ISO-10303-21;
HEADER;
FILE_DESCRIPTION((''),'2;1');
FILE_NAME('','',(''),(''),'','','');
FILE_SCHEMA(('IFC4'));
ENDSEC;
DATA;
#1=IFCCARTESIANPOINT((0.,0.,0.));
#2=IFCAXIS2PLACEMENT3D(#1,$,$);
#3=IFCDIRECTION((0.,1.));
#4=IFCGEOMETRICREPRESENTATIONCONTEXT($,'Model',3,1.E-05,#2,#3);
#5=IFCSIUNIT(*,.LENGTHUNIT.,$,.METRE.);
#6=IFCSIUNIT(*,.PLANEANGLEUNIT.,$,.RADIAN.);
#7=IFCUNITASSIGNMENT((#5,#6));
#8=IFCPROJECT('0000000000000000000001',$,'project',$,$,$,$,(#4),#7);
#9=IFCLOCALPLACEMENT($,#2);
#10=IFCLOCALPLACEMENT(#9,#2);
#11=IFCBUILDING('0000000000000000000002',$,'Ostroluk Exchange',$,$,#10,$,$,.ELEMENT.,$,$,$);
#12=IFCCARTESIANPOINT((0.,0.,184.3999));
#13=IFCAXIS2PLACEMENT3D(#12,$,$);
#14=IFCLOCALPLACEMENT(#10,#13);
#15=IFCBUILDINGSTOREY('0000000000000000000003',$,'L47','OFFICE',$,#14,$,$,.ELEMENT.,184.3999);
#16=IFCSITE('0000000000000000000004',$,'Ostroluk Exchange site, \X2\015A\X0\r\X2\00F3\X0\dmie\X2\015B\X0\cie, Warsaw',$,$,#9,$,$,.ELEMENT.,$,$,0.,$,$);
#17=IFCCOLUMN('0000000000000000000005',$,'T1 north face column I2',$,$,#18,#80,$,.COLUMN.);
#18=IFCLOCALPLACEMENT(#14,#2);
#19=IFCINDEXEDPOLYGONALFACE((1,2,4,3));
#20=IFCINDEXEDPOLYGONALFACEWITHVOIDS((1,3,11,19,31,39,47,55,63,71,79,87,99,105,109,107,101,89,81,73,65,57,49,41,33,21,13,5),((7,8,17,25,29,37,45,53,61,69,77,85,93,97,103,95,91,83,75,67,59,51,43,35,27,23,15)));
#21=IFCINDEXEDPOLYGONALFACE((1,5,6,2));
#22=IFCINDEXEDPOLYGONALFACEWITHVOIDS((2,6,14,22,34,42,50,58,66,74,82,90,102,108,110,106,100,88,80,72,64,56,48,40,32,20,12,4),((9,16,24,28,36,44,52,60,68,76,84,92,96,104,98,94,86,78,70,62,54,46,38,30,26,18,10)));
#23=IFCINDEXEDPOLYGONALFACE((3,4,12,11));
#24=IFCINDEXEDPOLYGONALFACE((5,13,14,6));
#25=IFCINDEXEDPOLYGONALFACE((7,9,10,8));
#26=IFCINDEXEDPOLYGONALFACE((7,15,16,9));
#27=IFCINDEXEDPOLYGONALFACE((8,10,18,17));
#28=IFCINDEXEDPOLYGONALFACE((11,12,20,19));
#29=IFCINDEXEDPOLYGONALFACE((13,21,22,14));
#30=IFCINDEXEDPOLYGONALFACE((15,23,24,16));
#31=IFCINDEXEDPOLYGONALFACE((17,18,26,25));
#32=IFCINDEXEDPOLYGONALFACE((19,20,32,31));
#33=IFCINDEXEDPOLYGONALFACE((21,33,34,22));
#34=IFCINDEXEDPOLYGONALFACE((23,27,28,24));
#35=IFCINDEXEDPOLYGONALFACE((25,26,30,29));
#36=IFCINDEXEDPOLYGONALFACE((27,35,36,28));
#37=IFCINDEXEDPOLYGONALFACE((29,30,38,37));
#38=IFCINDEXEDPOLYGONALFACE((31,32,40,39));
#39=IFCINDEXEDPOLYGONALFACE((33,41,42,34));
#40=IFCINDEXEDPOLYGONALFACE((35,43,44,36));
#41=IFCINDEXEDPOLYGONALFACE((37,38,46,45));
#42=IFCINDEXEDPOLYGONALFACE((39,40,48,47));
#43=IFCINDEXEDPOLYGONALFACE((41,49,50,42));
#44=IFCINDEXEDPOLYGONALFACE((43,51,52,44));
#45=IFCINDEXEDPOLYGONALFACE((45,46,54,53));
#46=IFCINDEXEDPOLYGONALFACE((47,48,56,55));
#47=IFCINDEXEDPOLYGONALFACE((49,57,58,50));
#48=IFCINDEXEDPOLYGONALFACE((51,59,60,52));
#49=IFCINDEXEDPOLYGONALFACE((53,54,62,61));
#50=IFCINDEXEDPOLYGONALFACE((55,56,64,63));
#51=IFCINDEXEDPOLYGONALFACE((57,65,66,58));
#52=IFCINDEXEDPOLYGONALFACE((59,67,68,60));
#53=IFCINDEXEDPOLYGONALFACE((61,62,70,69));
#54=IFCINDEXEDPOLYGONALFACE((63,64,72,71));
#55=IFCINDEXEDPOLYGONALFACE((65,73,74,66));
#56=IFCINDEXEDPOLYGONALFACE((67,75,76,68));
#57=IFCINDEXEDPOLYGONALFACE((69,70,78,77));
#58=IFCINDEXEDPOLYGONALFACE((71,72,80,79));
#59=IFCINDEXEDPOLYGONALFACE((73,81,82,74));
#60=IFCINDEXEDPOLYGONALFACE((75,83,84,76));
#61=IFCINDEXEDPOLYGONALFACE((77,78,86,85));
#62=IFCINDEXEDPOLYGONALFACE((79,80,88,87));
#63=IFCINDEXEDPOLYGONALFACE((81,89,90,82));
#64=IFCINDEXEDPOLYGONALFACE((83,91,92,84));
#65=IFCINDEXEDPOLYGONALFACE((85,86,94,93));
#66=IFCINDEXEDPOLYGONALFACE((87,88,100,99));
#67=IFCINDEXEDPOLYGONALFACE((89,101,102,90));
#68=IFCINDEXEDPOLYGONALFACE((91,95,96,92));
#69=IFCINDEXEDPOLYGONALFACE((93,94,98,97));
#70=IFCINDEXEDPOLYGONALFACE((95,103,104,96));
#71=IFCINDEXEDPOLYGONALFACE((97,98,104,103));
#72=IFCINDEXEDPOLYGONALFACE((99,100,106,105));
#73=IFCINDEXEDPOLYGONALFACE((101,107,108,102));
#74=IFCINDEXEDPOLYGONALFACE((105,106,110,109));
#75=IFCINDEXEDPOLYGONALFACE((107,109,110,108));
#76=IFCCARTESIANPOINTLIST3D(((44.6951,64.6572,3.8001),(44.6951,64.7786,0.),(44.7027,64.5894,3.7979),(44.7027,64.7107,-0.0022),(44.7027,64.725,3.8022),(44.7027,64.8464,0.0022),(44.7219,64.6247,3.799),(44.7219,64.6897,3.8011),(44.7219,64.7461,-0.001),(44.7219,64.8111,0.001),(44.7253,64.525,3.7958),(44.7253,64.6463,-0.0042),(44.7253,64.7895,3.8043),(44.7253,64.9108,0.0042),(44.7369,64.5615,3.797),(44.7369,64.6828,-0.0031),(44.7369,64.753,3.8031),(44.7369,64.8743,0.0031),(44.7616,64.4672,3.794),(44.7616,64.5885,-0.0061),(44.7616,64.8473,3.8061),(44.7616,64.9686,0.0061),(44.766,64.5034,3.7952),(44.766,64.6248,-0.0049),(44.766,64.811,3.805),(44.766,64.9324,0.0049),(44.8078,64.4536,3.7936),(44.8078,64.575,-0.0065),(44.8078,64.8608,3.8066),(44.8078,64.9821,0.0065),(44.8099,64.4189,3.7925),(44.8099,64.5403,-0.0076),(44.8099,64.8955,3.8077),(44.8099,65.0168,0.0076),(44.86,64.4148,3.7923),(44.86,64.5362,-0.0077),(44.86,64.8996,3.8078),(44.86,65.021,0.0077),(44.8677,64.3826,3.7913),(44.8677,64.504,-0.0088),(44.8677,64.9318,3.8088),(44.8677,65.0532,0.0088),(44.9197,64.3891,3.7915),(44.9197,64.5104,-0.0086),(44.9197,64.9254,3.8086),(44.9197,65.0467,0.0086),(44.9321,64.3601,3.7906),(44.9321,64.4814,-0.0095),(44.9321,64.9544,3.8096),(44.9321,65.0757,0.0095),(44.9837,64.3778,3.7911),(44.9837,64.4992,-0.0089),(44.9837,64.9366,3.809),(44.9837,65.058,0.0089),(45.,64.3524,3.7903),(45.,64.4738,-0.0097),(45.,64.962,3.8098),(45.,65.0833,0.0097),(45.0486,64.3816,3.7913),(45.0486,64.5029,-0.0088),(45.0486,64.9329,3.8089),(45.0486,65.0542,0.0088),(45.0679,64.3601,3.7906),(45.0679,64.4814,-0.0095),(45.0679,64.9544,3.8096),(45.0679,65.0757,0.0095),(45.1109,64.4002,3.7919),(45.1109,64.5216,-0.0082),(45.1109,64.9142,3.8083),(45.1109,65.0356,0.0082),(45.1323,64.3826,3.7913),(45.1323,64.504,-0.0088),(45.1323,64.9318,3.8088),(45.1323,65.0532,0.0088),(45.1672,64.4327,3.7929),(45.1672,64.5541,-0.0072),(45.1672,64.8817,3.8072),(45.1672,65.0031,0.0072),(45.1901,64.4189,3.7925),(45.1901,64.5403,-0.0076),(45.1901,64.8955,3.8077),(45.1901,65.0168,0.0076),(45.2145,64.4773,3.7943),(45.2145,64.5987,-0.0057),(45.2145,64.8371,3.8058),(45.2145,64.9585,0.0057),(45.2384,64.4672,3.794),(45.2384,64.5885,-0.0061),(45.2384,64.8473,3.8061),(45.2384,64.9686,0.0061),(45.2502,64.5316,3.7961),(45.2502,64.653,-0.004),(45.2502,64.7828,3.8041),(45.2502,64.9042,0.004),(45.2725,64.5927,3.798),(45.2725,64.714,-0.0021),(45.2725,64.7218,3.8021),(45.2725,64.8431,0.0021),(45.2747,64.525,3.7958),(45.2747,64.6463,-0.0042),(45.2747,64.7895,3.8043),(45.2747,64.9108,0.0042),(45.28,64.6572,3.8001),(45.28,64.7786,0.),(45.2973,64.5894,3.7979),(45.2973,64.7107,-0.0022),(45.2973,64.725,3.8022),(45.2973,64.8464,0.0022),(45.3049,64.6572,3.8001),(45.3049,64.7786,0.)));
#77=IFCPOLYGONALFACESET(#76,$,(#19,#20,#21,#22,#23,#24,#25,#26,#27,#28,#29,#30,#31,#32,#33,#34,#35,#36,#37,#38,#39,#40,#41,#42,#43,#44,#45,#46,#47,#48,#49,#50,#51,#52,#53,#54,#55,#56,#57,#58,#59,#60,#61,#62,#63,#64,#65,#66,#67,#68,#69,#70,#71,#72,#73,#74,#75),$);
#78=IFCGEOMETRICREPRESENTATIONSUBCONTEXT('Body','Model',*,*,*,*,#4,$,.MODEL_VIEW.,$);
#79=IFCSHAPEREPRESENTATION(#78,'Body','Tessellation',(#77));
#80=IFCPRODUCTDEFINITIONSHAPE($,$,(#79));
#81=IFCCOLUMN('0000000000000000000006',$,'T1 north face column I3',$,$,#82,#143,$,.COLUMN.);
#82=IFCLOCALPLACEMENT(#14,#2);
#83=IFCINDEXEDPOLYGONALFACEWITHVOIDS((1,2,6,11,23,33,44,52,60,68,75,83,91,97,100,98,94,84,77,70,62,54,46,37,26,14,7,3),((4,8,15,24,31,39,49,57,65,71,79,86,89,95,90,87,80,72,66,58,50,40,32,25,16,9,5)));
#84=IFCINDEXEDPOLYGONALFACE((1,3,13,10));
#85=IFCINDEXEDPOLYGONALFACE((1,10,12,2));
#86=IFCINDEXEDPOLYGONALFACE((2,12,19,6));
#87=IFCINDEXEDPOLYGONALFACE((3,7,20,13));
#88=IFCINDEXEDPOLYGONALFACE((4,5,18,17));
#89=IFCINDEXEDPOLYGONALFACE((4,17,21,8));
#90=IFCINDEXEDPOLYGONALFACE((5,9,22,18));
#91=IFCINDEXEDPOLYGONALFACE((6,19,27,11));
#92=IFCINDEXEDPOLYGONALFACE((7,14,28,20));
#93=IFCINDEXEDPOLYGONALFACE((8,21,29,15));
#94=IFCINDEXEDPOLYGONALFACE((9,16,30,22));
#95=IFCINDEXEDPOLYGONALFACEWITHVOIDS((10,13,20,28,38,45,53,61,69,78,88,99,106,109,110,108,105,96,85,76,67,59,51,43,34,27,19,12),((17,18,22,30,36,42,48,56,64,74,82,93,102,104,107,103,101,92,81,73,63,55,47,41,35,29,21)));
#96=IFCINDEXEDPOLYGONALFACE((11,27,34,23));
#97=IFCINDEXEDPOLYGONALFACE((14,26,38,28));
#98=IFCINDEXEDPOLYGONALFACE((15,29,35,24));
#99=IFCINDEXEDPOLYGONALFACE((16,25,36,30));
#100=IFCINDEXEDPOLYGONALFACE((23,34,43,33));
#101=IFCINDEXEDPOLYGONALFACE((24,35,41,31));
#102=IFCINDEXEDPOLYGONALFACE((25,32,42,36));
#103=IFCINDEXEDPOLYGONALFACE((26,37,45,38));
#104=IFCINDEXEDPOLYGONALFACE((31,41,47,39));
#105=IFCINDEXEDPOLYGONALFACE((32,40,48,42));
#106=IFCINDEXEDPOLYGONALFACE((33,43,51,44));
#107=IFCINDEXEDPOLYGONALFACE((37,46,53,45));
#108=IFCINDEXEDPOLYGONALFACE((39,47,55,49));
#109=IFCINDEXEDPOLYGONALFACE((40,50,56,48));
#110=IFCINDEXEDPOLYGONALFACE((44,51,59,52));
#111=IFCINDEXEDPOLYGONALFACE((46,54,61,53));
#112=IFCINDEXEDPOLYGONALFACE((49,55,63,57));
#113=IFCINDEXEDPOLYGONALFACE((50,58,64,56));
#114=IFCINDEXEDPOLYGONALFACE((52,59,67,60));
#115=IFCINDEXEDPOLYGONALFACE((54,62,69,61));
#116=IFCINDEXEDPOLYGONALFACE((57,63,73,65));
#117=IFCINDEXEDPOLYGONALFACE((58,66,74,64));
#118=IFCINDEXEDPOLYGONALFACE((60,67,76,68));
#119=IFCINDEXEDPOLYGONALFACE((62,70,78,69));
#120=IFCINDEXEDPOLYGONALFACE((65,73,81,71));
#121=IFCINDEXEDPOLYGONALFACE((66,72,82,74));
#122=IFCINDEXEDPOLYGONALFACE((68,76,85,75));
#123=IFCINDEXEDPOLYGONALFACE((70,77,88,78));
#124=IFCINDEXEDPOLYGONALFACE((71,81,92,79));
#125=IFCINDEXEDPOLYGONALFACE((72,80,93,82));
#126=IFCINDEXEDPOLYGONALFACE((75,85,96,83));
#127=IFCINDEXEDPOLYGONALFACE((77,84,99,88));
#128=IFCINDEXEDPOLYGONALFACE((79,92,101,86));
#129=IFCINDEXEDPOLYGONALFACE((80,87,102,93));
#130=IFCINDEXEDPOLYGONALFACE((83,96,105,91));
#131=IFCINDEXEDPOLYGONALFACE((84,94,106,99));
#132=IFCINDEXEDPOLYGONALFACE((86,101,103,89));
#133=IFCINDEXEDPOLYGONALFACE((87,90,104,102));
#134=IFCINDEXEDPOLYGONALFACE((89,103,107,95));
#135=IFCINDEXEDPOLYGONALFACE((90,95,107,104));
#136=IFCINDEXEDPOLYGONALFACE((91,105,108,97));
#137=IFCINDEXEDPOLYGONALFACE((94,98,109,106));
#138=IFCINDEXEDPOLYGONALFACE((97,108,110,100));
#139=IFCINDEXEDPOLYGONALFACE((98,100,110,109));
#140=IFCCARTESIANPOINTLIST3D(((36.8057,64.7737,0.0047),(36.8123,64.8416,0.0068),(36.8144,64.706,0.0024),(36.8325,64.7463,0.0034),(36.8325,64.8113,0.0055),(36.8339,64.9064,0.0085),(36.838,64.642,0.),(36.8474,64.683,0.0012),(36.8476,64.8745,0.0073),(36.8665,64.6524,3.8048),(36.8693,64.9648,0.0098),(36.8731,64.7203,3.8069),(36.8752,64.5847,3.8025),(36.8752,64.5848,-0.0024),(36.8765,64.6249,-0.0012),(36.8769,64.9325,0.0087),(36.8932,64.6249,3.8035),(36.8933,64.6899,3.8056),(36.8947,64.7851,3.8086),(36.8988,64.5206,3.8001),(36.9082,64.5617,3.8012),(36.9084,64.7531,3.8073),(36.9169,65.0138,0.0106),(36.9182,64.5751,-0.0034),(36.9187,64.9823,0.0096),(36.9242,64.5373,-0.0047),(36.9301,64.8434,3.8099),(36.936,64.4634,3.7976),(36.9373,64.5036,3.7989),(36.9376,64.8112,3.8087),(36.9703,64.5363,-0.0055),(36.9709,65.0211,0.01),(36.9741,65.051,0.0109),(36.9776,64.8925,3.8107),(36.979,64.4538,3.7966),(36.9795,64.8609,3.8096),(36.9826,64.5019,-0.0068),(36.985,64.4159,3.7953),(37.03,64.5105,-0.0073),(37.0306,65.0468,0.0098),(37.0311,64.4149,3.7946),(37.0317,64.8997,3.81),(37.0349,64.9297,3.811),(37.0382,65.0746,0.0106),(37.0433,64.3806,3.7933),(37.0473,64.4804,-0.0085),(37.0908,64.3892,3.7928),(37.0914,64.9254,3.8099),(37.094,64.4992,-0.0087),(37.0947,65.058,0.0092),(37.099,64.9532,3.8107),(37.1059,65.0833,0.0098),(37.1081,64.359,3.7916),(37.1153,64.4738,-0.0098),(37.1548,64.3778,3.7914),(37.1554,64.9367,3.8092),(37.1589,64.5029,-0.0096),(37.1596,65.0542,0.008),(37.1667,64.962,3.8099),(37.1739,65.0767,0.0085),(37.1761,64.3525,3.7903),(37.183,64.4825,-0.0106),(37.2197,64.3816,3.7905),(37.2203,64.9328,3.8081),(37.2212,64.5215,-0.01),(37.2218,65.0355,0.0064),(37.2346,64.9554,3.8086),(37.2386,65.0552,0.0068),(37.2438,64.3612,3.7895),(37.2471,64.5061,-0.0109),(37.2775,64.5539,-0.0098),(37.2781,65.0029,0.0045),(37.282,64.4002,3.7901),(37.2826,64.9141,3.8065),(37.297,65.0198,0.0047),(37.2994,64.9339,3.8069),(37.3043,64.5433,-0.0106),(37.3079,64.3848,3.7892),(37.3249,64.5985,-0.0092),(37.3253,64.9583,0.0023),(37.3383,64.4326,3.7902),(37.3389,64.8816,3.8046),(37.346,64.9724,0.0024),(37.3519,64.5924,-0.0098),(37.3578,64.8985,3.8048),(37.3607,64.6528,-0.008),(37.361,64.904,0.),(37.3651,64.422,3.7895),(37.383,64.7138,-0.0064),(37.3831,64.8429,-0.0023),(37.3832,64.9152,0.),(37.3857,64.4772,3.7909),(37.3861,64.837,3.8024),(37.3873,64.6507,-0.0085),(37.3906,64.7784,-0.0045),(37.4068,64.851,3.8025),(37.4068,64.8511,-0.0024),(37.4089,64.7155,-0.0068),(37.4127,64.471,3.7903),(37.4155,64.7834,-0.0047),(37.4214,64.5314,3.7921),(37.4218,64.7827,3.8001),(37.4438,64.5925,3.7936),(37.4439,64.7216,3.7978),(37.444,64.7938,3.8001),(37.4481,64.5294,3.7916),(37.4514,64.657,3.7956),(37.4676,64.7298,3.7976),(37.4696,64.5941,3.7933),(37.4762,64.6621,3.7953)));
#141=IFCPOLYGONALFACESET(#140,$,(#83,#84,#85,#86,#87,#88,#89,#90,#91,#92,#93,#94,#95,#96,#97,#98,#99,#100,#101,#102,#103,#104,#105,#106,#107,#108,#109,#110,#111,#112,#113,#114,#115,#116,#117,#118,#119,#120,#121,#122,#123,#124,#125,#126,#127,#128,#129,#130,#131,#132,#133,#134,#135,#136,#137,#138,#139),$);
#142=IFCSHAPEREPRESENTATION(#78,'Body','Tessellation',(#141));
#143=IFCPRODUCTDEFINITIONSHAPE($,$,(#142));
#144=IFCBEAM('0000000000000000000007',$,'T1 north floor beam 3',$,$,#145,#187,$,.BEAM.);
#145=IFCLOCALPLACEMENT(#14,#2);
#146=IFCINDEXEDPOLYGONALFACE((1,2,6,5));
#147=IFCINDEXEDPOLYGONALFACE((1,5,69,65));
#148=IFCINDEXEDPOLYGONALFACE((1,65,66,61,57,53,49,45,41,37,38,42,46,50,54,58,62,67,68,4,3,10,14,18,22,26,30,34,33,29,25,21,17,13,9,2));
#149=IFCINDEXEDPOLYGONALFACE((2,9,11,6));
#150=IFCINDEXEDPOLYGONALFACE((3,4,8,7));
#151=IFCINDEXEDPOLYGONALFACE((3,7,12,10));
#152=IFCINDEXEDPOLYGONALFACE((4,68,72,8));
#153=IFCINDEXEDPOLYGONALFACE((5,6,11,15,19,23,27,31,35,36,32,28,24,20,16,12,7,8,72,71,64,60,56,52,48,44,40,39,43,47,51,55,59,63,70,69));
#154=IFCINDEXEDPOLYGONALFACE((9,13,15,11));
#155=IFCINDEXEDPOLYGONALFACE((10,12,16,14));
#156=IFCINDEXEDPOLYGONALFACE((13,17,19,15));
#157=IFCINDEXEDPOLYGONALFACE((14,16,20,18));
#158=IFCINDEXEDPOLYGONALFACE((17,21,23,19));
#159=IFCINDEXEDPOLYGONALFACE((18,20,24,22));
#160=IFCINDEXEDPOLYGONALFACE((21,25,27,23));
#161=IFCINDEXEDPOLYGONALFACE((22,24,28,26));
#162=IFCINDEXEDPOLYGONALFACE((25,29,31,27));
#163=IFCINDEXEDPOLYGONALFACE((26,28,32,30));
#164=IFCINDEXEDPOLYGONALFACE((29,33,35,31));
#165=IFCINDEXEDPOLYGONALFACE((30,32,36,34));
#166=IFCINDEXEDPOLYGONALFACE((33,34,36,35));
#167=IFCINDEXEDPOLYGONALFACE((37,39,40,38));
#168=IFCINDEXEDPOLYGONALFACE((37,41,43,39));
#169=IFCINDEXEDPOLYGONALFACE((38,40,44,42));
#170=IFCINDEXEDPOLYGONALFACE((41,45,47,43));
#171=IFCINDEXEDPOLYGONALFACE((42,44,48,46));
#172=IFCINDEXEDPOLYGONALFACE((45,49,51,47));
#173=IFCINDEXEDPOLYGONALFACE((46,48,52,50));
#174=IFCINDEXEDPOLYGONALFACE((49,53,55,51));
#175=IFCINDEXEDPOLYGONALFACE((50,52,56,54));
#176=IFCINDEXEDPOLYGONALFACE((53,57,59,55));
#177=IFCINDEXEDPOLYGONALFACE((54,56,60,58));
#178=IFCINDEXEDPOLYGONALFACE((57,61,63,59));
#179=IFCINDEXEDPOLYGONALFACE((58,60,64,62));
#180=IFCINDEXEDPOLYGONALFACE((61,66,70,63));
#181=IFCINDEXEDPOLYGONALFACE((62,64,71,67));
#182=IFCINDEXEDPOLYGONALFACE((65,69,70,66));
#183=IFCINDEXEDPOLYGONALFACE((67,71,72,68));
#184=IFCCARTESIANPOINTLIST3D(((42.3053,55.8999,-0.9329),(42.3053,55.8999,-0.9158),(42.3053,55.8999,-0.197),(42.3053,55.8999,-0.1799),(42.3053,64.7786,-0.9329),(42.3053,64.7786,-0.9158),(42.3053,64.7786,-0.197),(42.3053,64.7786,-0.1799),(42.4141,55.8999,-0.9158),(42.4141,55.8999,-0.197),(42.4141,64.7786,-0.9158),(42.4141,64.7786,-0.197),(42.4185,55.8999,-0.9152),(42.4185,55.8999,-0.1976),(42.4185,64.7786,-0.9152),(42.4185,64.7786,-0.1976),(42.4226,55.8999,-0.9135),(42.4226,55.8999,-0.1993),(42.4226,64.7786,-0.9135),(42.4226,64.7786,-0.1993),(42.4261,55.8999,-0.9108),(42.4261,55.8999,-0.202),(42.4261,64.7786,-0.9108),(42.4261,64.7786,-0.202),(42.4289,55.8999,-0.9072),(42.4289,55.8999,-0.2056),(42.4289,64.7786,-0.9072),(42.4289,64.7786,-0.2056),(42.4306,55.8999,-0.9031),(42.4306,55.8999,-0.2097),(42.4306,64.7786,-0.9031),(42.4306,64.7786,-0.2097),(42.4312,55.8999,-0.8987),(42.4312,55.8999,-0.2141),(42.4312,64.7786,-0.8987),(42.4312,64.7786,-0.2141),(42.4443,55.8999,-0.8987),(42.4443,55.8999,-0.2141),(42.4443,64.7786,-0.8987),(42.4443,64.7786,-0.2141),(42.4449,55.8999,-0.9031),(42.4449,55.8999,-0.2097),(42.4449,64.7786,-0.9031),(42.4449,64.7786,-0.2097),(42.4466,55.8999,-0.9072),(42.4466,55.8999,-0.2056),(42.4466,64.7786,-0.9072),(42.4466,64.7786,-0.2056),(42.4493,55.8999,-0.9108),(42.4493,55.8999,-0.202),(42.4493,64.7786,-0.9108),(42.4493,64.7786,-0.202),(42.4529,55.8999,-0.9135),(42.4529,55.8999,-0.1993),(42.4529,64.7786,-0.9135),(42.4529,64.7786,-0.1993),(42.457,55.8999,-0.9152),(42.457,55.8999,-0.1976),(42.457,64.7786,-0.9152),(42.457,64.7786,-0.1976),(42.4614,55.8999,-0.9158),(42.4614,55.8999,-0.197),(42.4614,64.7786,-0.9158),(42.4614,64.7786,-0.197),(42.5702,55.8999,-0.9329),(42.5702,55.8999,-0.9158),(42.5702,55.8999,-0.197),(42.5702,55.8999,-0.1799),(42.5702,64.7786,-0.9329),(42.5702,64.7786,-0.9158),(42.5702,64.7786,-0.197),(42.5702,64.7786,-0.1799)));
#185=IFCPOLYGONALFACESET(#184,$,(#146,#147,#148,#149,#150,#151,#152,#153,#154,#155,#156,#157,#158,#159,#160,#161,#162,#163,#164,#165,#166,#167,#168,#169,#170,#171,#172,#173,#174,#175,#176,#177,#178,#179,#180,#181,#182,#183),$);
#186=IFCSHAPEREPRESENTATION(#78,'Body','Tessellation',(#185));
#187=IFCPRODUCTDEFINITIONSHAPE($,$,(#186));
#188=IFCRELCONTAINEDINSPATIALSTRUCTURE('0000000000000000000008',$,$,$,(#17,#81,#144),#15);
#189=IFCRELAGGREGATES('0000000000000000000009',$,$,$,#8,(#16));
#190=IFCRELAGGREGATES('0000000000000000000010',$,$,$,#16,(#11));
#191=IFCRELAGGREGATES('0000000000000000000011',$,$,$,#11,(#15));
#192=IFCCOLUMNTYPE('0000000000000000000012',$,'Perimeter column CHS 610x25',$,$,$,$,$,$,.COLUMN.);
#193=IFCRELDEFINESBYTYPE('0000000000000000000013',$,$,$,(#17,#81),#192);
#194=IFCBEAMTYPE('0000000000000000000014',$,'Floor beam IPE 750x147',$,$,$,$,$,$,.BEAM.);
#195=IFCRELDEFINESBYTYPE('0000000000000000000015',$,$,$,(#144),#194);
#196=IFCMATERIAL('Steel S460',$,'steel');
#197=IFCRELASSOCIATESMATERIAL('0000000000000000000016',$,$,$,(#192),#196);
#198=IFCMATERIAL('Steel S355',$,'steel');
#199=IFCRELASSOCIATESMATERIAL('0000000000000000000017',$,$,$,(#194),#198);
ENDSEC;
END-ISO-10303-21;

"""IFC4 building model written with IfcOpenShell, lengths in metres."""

from ifc_helpers import new_model, si_unit, direction, frame, origin, origin_2d, place, context, subcontext, project, spatial, hollow_circle, i_section, extrude, material, material_profile, profile_set, type_object, element, save


model = new_model("IFC4")

# Units and contexts
model_context = context("Model", 3, precision=1e-05, world=origin(), true_north=direction((0.0, 1.0)))
body_context = subcontext(model_context, "Body", "Model", "MODEL_VIEW")
ifc_project = project(units=[si_unit("LENGTHUNIT", "METRE"), si_unit("PLANEANGLEUNIT", "RADIAN")], contexts=[model_context])

# Site, building, storey
site_placement = place(None, origin())
site = spatial("IfcSite", under=ifc_project, at=site_placement, Name="Ostroluk Exchange site, Śródmieście, Warsaw", CompositionType="ELEMENT", RefElevation=0.0)
building_placement = place(site_placement, origin())
building = spatial("IfcBuilding", under=site, at=building_placement, Name="Ostroluk Exchange", CompositionType="ELEMENT")
storey_placement = place(building_placement, frame((0.0, 0.0, 184.3999)))
storey = spatial("IfcBuildingStorey", under=building, at=storey_placement, Name="L47", Description="OFFICE", CompositionType="ELEMENT", Elevation=184.3999)

# Columns
ifc_material_1 = material(Name="Steel S460", Category="steel")
ifc_material_profile_1 = material_profile(ifc_material_1, hollow_circle(Radius=0.3049, WallThickness=0.0249, at=origin_2d()), Name="CHS 610x25")
ifc_profile_set_1 = profile_set([ifc_material_profile_1], Name="Steel S460")
column_type = type_object("IfcColumnType", Name="Perimeter column CHS 610x25", PredefinedType="COLUMN", material=ifc_profile_set_1)
column_1_placement = place(storey_placement, frame((45.0, 64.7786, 0.0), z_axis=(0.0, -0.031914, 0.999491), x_axis=(1.0, 0.0, 0.0)))
element("IfcColumn", 1, at=column_1_placement, inside=storey, type_object=column_type, Name="T1 north face column I2", PredefinedType="COLUMN", context=body_context, shape_type="SweptSolid", body=[
    extrude(hollow_circle(Radius=0.3049, WallThickness=0.0249, at=origin_2d()), origin(), (0.0, 0.0, 1.0), 3.802),
])
column_2_placement = place(storey_placement, frame((37.1106, 64.7786, 0.0), z_axis=(0.015987, -0.03191, 0.999363), x_axis=(0.894067, 0.447933, 0.0)))
element("IfcColumn", 2, at=column_2_placement, inside=storey, type_object=column_type, Name="T1 north face column I3", PredefinedType="COLUMN", context=body_context, shape_type="SweptSolid", body=[
    extrude(hollow_circle(Radius=0.3049, WallThickness=0.0249, at=origin_2d()), origin(), (0.0, 0.0, 1.0), 3.8025),
])

# Beam
ifc_material_2 = material(Name="Steel S355", Category="steel")
ifc_material_profile_2 = material_profile(ifc_material_2, i_section(OverallWidth=0.2649, OverallDepth=0.7529, WebThickness=0.0132, FlangeThickness=0.0171, FilletRadius=0.0171, at=origin_2d()), Name="IPE 750x147")
ifc_profile_set_2 = profile_set([ifc_material_profile_2], Name="Steel S355")
beam_type_1 = type_object("IfcBeamType", Name="Floor beam IPE 750x147", PredefinedType="BEAM", material=ifc_profile_set_2)
for number, where, z_axis, x_axis, name in (
    (3, (42.4377, 55.8999, -0.5564), (0.0, 1.0, 0.0), (-1.0, 0.0, 0.0), "T1 north floor beam 3"),
):
    element("IfcBeam", number, at=place(storey_placement, frame(where, z_axis=z_axis, x_axis=x_axis)), inside=storey, type_object=beam_type_1, Name=name, PredefinedType="BEAM", context=body_context, shape_type="SweptSolid", body=[
        extrude(i_section(OverallWidth=0.2649, OverallDepth=0.7529, WebThickness=0.0132, FlangeThickness=0.0171, FilletRadius=0.0171, at=origin_2d()), origin(), (0.0, 0.0, 1.0), 8.8787),
    ])

save(model, "model.ifc")
